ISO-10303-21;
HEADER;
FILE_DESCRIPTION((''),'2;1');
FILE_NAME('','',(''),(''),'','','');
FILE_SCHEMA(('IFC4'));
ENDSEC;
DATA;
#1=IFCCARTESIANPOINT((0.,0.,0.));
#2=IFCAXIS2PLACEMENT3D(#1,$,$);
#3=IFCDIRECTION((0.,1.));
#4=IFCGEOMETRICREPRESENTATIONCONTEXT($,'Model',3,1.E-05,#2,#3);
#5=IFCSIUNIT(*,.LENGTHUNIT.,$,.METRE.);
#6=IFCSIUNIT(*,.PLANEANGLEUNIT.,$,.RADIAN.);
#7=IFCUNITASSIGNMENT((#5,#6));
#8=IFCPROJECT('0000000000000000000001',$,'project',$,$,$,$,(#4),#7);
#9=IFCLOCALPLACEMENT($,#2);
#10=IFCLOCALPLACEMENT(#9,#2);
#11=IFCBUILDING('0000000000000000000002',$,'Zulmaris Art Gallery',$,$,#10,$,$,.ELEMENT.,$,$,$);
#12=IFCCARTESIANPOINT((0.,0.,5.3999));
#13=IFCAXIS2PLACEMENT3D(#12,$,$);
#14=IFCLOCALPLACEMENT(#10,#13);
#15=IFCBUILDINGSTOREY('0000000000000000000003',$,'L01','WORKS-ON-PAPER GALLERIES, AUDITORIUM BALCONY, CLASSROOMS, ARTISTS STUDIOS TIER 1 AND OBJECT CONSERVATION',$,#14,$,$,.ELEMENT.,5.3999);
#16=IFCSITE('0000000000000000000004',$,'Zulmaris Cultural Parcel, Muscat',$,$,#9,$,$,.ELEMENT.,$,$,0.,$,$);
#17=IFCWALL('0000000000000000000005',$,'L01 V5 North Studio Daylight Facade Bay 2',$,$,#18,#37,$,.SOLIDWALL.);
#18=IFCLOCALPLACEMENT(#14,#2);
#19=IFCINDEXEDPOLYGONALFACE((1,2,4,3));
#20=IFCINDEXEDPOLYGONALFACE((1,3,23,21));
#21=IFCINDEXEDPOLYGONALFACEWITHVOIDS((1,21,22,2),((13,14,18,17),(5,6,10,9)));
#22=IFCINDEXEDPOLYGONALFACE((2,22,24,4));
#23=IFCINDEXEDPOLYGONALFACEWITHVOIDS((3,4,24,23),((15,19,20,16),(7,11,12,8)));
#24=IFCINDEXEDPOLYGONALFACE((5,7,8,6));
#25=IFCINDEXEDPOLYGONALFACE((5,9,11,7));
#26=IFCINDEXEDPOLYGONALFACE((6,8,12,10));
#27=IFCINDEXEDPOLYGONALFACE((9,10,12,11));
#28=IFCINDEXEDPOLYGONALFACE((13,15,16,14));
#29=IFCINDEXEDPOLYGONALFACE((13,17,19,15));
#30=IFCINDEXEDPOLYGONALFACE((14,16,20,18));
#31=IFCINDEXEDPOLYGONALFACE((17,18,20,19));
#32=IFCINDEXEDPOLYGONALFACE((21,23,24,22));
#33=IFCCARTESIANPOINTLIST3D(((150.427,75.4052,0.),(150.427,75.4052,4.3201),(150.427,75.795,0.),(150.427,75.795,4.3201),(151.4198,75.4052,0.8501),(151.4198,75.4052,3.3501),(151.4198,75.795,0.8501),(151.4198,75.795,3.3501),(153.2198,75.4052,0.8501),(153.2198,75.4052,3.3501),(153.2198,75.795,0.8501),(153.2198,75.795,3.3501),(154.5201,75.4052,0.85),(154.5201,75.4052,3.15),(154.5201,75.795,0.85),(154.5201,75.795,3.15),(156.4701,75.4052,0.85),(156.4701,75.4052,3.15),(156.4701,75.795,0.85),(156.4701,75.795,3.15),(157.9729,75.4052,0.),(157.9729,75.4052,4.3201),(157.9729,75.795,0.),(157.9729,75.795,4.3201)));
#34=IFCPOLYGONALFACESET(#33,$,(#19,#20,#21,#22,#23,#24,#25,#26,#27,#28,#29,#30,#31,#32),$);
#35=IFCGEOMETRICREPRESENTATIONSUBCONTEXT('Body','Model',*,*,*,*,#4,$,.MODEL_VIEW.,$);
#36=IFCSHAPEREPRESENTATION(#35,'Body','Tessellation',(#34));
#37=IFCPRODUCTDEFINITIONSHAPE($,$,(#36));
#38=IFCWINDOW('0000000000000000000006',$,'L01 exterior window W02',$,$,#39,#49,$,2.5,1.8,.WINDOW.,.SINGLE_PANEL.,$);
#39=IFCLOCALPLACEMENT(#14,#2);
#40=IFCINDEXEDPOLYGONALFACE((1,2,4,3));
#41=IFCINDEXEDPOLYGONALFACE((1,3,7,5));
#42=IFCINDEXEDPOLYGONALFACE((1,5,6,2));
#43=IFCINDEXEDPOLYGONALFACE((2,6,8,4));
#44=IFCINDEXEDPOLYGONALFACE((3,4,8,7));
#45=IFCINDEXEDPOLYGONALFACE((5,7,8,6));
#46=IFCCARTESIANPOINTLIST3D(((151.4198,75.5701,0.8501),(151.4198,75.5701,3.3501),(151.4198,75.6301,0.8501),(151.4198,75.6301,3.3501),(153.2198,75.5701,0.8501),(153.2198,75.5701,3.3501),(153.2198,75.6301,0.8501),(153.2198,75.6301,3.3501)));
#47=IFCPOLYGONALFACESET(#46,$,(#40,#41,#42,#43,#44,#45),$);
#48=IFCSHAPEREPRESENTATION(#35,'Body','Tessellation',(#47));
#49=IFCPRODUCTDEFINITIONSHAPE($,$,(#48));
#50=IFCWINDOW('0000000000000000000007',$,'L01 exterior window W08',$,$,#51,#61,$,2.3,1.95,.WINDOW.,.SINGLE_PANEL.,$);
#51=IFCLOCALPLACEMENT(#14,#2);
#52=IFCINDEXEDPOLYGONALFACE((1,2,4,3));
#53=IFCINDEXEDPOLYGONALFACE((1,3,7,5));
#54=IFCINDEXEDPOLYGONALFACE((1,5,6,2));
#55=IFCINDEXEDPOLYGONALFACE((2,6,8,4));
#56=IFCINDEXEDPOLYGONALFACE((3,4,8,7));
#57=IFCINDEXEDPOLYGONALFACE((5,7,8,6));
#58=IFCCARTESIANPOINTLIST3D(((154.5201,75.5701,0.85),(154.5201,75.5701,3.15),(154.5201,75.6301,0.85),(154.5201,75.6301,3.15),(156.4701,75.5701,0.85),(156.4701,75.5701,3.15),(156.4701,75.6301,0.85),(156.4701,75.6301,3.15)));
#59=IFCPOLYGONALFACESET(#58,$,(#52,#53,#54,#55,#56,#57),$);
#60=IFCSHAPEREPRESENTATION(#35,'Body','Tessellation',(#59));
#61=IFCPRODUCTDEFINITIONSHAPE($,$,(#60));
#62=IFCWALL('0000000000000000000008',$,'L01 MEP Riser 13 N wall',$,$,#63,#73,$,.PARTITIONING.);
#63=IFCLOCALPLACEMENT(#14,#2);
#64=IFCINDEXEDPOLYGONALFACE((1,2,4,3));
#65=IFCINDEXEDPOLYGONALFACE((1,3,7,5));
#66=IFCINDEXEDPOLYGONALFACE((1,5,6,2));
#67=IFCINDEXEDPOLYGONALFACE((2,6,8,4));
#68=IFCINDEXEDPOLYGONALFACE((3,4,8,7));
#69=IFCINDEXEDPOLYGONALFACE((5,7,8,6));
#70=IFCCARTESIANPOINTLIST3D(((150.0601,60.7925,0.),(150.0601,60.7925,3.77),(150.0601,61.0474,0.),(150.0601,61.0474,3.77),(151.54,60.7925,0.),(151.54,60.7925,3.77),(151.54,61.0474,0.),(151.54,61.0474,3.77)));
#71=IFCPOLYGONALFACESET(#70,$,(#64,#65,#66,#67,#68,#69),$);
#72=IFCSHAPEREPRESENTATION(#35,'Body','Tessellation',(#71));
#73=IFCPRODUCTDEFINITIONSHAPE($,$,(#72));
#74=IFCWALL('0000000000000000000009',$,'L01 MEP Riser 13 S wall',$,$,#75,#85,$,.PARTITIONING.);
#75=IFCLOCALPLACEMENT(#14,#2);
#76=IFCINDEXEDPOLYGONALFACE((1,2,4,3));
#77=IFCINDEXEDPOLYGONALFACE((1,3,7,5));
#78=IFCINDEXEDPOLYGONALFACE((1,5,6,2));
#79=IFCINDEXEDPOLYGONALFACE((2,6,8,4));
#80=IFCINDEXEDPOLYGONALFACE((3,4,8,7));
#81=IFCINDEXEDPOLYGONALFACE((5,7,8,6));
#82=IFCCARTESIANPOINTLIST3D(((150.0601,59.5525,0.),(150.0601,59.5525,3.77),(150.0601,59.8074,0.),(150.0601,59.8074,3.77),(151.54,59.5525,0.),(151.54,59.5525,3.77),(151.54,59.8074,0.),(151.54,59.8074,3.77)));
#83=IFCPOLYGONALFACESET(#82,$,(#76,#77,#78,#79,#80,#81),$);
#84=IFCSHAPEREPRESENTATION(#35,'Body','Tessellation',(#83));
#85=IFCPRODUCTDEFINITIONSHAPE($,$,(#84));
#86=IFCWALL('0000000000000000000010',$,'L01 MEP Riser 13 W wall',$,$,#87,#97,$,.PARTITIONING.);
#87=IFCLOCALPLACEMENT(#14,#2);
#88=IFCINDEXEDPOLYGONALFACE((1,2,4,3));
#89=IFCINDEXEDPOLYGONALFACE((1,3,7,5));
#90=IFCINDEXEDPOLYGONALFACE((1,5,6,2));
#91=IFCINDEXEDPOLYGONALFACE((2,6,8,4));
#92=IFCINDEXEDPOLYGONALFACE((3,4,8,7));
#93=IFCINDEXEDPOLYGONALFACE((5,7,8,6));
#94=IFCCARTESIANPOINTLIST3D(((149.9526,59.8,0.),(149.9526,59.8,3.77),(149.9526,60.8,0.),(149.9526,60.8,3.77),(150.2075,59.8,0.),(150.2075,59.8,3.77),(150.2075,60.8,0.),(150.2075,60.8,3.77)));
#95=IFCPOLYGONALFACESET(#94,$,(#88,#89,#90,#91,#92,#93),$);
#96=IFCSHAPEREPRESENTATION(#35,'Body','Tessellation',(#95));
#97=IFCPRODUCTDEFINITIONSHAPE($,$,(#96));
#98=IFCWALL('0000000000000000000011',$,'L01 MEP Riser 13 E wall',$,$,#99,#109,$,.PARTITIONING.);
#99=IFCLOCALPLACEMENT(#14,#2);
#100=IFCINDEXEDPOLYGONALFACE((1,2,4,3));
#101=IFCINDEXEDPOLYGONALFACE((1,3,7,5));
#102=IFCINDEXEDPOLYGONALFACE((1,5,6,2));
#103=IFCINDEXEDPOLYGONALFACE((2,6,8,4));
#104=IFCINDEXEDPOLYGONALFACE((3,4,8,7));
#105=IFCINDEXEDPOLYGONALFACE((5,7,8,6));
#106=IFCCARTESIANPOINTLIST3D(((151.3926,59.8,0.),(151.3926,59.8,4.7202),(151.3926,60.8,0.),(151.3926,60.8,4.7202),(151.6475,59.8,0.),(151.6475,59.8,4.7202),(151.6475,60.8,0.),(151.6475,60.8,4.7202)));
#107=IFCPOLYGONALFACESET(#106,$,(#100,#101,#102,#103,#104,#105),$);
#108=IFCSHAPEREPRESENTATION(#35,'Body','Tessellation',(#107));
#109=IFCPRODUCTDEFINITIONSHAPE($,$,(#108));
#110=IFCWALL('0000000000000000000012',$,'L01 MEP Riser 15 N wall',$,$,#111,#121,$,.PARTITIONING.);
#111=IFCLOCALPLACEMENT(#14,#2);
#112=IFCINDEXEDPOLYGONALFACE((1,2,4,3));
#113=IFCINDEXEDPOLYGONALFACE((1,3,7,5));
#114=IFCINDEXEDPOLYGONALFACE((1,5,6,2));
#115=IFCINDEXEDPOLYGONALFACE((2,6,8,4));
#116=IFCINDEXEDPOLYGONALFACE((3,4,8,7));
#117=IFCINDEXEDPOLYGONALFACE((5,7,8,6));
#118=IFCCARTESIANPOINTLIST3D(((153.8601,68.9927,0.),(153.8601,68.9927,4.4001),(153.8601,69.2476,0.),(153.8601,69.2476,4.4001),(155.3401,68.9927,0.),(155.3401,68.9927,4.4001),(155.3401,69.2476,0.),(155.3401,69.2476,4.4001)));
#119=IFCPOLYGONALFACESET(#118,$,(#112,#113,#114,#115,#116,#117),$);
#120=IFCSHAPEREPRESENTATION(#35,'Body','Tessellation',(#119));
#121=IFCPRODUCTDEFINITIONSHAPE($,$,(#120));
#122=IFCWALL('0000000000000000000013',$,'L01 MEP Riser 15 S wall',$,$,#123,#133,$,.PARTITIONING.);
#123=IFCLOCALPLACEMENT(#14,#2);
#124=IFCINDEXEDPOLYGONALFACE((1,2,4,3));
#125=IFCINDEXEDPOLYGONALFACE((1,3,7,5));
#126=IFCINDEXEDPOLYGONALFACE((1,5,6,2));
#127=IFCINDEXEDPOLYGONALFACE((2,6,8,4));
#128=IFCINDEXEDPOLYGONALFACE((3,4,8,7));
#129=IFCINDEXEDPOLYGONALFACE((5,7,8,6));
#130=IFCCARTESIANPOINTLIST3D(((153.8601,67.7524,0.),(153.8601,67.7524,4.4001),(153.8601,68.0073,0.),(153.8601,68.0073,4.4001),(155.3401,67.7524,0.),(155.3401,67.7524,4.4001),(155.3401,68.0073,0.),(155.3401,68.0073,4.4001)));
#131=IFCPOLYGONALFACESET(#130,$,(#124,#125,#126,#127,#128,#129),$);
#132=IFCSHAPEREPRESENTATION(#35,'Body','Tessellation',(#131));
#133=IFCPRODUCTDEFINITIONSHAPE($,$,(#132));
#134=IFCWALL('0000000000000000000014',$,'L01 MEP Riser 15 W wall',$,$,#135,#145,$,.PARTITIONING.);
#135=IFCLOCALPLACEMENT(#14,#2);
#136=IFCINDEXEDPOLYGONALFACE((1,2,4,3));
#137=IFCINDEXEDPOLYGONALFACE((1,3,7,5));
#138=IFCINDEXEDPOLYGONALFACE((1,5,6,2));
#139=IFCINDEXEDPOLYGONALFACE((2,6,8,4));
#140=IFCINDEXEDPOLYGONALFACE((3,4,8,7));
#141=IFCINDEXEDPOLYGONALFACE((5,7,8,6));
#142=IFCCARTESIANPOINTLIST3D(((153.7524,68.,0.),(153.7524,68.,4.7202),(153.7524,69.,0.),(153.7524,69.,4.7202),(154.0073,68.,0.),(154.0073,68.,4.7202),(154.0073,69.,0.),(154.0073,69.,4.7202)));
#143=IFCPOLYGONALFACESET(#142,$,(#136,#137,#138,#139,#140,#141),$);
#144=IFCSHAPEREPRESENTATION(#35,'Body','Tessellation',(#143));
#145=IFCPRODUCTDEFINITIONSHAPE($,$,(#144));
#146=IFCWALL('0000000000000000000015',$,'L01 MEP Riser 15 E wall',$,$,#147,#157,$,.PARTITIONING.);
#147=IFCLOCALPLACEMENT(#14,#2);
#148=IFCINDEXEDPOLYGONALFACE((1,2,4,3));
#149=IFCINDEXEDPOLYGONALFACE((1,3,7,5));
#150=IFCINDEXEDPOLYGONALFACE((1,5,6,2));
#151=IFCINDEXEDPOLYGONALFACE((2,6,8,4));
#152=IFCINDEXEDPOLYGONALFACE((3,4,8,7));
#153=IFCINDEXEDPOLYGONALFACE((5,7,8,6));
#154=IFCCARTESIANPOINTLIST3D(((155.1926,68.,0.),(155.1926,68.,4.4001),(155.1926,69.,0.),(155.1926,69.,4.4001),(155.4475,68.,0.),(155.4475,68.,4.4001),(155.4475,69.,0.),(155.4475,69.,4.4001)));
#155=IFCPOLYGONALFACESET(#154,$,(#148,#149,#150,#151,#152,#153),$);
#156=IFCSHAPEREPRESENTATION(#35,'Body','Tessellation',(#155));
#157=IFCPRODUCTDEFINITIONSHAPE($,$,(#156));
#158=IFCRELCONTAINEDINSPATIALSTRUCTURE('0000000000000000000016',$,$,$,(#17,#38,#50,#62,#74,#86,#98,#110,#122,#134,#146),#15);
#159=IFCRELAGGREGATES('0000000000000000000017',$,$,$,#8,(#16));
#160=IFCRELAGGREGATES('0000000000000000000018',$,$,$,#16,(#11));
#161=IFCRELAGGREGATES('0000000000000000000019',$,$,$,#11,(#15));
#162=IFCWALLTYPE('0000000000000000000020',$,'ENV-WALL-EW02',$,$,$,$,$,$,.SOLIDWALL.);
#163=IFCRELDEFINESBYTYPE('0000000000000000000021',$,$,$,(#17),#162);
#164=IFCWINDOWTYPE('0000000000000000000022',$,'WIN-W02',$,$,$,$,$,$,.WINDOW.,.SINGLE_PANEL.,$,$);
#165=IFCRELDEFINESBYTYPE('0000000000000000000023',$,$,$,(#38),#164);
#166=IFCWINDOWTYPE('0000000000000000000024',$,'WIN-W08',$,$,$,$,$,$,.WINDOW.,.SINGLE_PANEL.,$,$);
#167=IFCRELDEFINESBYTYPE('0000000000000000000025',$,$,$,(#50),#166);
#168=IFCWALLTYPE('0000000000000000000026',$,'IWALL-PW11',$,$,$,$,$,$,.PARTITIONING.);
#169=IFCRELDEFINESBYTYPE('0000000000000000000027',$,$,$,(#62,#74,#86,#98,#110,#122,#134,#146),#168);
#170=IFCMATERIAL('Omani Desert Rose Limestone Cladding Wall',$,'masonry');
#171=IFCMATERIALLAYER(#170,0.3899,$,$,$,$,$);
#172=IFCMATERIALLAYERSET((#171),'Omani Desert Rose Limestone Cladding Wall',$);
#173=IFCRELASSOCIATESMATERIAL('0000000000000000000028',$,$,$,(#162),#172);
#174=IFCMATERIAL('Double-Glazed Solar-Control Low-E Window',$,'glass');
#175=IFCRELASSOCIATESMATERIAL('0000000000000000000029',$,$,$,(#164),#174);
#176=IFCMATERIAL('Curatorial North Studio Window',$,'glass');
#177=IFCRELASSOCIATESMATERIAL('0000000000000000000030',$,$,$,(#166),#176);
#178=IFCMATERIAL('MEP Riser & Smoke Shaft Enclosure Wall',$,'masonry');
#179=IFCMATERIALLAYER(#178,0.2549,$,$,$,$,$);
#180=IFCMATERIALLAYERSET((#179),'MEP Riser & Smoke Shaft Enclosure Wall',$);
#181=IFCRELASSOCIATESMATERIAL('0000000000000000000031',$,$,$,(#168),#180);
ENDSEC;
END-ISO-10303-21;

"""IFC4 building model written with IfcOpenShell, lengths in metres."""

from ifc_helpers import new_model, si_unit, direction, frame, frame_2d, origin, place, context, subcontext, project, spatial, rectangle, extrude, material, layer, layer_set, type_object, element, fill, save


model = new_model("IFC4")

# Units and contexts
model_context = context("Model", 3, precision=1e-05, world=origin(), true_north=direction((0.0, 1.0)))
body_context = subcontext(model_context, "Body", "Model", "MODEL_VIEW")
ifc_project = project(units=[si_unit("LENGTHUNIT", "METRE"), si_unit("PLANEANGLEUNIT", "RADIAN")], contexts=[model_context])

# Site, building, storey
site_placement = place(None, origin())
site = spatial("IfcSite", under=ifc_project, at=site_placement, Name="Zulmaris Cultural Parcel, Muscat", CompositionType="ELEMENT", RefElevation=0.0)
building_placement = place(site_placement, origin())
building = spatial("IfcBuilding", under=site, at=building_placement, Name="Zulmaris Art Gallery", CompositionType="ELEMENT")
storey_placement = place(building_placement, frame((0.0, 0.0, 5.3999)))
storey = spatial("IfcBuildingStorey", under=building, at=storey_placement, Name="L01", Description="WORKS-ON-PAPER GALLERIES, AUDITORIUM BALCONY, CLASSROOMS, ARTISTS STUDIOS TIER 1 AND OBJECT CONSERVATION", CompositionType="ELEMENT", Elevation=5.3999)

# Wall, openings, windows
ifc_material_1 = material(Name="Omani Desert Rose Limestone Cladding Wall", Category="masonry")
ifc_layer_1 = layer(ifc_material_1, 0.3899)
ifc_layer_set_1 = layer_set([ifc_layer_1], Name="Omani Desert Rose Limestone Cladding Wall")
wall_type_1 = type_object("IfcWallType", Name="ENV-WALL-EW02", PredefinedType="SOLIDWALL", material=ifc_layer_set_1)
wall_1_placement = place(storey_placement, frame((150.427, 75.6001, 0.0), z_axis=(0.0, 0.0, 1.0), x_axis=(1.0, 0.0, 0.0)))
wall_1 = element("IfcWall", 1, at=wall_1_placement, inside=storey, type_object=wall_type_1, Name="L01 V5 North Studio Daylight Facade Bay 2", PredefinedType="SOLIDWALL", context=body_context, shape_type="SweptSolid", body=[
    extrude(rectangle(XDim=7.5459, YDim=0.3899, at=frame_2d((3.7729, 0.0))), origin(), (0.0, 0.0, 1.0), 4.3201),
])
opening_1_placement = place(wall_1_placement, frame((0.9929, 0.0, 0.8501)))
opening_1 = element("IfcOpeningElement", 2, at=opening_1_placement, cuts=wall_1, PredefinedType="OPENING", context=body_context, shape_type="SweptSolid", body=[
    extrude(rectangle(XDim=1.8, YDim=2.5, at=frame_2d((0.8999, 1.25))), frame((0.0, 0.2048, 0.0), z_axis=(0.0, -1.0, 0.0), x_axis=(1.0, 0.0, 0.0)), (0.0, 0.0, 1.0), 0.4099),
])
opening_2_placement = place(wall_1_placement, frame((4.093, 0.0, 0.8501)))
opening_2 = element("IfcOpeningElement", 3, at=opening_2_placement, cuts=wall_1, PredefinedType="OPENING", context=body_context, shape_type="SweptSolid", body=[
    extrude(rectangle(XDim=1.95, YDim=2.3, at=frame_2d((0.9751, 1.1499))), frame((0.0, 0.2048, 0.0), z_axis=(0.0, -1.0, 0.0), x_axis=(1.0, 0.0, 0.0)), (0.0, 0.0, 1.0), 0.4099),
])
ifc_material_2 = material(Name="Double-Glazed Solar-Control Low-E Window", Category="glass")
window_type_1 = type_object("IfcWindowType", Name="WIN-W02", PartitioningType="SINGLE_PANEL", PredefinedType="WINDOW", material=ifc_material_2)
window_1_placement = place(opening_1_placement, origin())
window_1 = element("IfcWindow", 4, at=window_1_placement, inside=storey, type_object=window_type_1, Name="L01 exterior window W02", OverallHeight=2.5, OverallWidth=1.8, PartitioningType="SINGLE_PANEL", PredefinedType="WINDOW", context=body_context, shape_type="SweptSolid", body=[
    extrude(rectangle(XDim=1.8, YDim=2.5, at=frame_2d((0.8999, 1.25))), frame((0.0, 0.03, 0.0), z_axis=(0.0, -1.0, 0.0), x_axis=(1.0, 0.0, 0.0)), (0.0, 0.0, 1.0), 0.0601),
])
fill(opening_1, window_1)
ifc_material_3 = material(Name="Curatorial North Studio Window", Category="glass")
window_type_2 = type_object("IfcWindowType", Name="WIN-W08", PartitioningType="SINGLE_PANEL", PredefinedType="WINDOW", material=ifc_material_3)
window_2_placement = place(opening_2_placement, origin())
window_2 = element("IfcWindow", 5, at=window_2_placement, inside=storey, type_object=window_type_2, Name="L01 exterior window W08", OverallHeight=2.3, OverallWidth=1.95, PartitioningType="SINGLE_PANEL", PredefinedType="WINDOW", context=body_context, shape_type="SweptSolid", body=[
    extrude(rectangle(XDim=1.95, YDim=2.3, at=frame_2d((0.9751, 1.1499))), frame((0.0, 0.03, 0.0), z_axis=(0.0, -1.0, 0.0), x_axis=(1.0, 0.0, 0.0)), (0.0, 0.0, 1.0), 0.0601),
])
fill(opening_2, window_2)

# Walls
ifc_material_4 = material(Name="MEP Riser & Smoke Shaft Enclosure Wall", Category="masonry")
ifc_layer_2 = layer(ifc_material_4, 0.2549)
ifc_layer_set_2 = layer_set([ifc_layer_2], Name="MEP Riser & Smoke Shaft Enclosure Wall")
wall_type_2 = type_object("IfcWallType", Name="IWALL-PW11", PredefinedType="PARTITIONING", material=ifc_layer_set_2)
for number, where, z_axis, x_axis, name in (
    (6, (150.0601, 60.9199, 0.0), (0.0, 0.0, 1.0), (1.0, 0.0, 0.0), "L01 MEP Riser 13 N wall"),
    (7, (150.0601, 59.6799, 0.0), (0.0, 0.0, 1.0), (1.0, 0.0, 0.0), "L01 MEP Riser 13 S wall"),
):
    element("IfcWall", number, at=place(storey_placement, frame(where, z_axis=z_axis, x_axis=x_axis)), inside=storey, type_object=wall_type_2, Name=name, PredefinedType="PARTITIONING", context=body_context, shape_type="SweptSolid", body=[
        extrude(rectangle(XDim=1.48, YDim=0.2549, at=frame_2d((0.74, 0.0))), origin(), (0.0, 0.0, 1.0), 3.77),
    ])
wall_2_placement = place(storey_placement, frame((150.0801, 59.8, 0.0), z_axis=(0.0, 0.0, 1.0), x_axis=(0.0, 1.0, 0.0)))
element("IfcWall", 8, at=wall_2_placement, inside=storey, type_object=wall_type_2, Name="L01 MEP Riser 13 W wall", PredefinedType="PARTITIONING", context=body_context, shape_type="SweptSolid", body=[
    extrude(rectangle(XDim=1.0, YDim=0.2549, at=frame_2d((0.5, 0.0))), origin(), (0.0, 0.0, 1.0), 3.77),
])
wall_3_placement = place(storey_placement, frame((151.52, 59.8, 0.0), z_axis=(0.0, 0.0, 1.0), x_axis=(0.0, 1.0, 0.0)))
element("IfcWall", 9, at=wall_3_placement, inside=storey, type_object=wall_type_2, Name="L01 MEP Riser 13 E wall", PredefinedType="PARTITIONING", context=body_context, shape_type="SweptSolid", body=[
    extrude(rectangle(XDim=1.0, YDim=0.2549, at=frame_2d((0.5, 0.0))), origin(), (0.0, 0.0, 1.0), 4.7202),
])
for number, where, z_axis, x_axis, name in (
    (10, (153.8601, 69.1201, 0.0), (0.0, 0.0, 1.0), (1.0, 0.0, 0.0), "L01 MEP Riser 15 N wall"),
    (11, (153.8601, 67.8799, 0.0), (0.0, 0.0, 1.0), (1.0, 0.0, 0.0), "L01 MEP Riser 15 S wall"),
):
    element("IfcWall", number, at=place(storey_placement, frame(where, z_axis=z_axis, x_axis=x_axis)), inside=storey, type_object=wall_type_2, Name=name, PredefinedType="PARTITIONING", context=body_context, shape_type="SweptSolid", body=[
        extrude(rectangle(XDim=1.48, YDim=0.2549, at=frame_2d((0.74, 0.0))), origin(), (0.0, 0.0, 1.0), 4.4001),
    ])
wall_4_placement = place(storey_placement, frame((153.8799, 68.0, 0.0), z_axis=(0.0, 0.0, 1.0), x_axis=(0.0, 1.0, 0.0)))
element("IfcWall", 12, at=wall_4_placement, inside=storey, type_object=wall_type_2, Name="L01 MEP Riser 15 W wall", PredefinedType="PARTITIONING", context=body_context, shape_type="SweptSolid", body=[
    extrude(rectangle(XDim=1.0, YDim=0.2549, at=frame_2d((0.5, 0.0))), origin(), (0.0, 0.0, 1.0), 4.7202),
])
wall_5_placement = place(storey_placement, frame((155.3201, 68.0, 0.0), z_axis=(0.0, 0.0, 1.0), x_axis=(0.0, 1.0, 0.0)))
element("IfcWall", 13, at=wall_5_placement, inside=storey, type_object=wall_type_2, Name="L01 MEP Riser 15 E wall", PredefinedType="PARTITIONING", context=body_context, shape_type="SweptSolid", body=[
    extrude(rectangle(XDim=1.0, YDim=0.2549, at=frame_2d((0.5, 0.0))), origin(), (0.0, 0.0, 1.0), 4.4001),
])

save(model, "model.ifc")
